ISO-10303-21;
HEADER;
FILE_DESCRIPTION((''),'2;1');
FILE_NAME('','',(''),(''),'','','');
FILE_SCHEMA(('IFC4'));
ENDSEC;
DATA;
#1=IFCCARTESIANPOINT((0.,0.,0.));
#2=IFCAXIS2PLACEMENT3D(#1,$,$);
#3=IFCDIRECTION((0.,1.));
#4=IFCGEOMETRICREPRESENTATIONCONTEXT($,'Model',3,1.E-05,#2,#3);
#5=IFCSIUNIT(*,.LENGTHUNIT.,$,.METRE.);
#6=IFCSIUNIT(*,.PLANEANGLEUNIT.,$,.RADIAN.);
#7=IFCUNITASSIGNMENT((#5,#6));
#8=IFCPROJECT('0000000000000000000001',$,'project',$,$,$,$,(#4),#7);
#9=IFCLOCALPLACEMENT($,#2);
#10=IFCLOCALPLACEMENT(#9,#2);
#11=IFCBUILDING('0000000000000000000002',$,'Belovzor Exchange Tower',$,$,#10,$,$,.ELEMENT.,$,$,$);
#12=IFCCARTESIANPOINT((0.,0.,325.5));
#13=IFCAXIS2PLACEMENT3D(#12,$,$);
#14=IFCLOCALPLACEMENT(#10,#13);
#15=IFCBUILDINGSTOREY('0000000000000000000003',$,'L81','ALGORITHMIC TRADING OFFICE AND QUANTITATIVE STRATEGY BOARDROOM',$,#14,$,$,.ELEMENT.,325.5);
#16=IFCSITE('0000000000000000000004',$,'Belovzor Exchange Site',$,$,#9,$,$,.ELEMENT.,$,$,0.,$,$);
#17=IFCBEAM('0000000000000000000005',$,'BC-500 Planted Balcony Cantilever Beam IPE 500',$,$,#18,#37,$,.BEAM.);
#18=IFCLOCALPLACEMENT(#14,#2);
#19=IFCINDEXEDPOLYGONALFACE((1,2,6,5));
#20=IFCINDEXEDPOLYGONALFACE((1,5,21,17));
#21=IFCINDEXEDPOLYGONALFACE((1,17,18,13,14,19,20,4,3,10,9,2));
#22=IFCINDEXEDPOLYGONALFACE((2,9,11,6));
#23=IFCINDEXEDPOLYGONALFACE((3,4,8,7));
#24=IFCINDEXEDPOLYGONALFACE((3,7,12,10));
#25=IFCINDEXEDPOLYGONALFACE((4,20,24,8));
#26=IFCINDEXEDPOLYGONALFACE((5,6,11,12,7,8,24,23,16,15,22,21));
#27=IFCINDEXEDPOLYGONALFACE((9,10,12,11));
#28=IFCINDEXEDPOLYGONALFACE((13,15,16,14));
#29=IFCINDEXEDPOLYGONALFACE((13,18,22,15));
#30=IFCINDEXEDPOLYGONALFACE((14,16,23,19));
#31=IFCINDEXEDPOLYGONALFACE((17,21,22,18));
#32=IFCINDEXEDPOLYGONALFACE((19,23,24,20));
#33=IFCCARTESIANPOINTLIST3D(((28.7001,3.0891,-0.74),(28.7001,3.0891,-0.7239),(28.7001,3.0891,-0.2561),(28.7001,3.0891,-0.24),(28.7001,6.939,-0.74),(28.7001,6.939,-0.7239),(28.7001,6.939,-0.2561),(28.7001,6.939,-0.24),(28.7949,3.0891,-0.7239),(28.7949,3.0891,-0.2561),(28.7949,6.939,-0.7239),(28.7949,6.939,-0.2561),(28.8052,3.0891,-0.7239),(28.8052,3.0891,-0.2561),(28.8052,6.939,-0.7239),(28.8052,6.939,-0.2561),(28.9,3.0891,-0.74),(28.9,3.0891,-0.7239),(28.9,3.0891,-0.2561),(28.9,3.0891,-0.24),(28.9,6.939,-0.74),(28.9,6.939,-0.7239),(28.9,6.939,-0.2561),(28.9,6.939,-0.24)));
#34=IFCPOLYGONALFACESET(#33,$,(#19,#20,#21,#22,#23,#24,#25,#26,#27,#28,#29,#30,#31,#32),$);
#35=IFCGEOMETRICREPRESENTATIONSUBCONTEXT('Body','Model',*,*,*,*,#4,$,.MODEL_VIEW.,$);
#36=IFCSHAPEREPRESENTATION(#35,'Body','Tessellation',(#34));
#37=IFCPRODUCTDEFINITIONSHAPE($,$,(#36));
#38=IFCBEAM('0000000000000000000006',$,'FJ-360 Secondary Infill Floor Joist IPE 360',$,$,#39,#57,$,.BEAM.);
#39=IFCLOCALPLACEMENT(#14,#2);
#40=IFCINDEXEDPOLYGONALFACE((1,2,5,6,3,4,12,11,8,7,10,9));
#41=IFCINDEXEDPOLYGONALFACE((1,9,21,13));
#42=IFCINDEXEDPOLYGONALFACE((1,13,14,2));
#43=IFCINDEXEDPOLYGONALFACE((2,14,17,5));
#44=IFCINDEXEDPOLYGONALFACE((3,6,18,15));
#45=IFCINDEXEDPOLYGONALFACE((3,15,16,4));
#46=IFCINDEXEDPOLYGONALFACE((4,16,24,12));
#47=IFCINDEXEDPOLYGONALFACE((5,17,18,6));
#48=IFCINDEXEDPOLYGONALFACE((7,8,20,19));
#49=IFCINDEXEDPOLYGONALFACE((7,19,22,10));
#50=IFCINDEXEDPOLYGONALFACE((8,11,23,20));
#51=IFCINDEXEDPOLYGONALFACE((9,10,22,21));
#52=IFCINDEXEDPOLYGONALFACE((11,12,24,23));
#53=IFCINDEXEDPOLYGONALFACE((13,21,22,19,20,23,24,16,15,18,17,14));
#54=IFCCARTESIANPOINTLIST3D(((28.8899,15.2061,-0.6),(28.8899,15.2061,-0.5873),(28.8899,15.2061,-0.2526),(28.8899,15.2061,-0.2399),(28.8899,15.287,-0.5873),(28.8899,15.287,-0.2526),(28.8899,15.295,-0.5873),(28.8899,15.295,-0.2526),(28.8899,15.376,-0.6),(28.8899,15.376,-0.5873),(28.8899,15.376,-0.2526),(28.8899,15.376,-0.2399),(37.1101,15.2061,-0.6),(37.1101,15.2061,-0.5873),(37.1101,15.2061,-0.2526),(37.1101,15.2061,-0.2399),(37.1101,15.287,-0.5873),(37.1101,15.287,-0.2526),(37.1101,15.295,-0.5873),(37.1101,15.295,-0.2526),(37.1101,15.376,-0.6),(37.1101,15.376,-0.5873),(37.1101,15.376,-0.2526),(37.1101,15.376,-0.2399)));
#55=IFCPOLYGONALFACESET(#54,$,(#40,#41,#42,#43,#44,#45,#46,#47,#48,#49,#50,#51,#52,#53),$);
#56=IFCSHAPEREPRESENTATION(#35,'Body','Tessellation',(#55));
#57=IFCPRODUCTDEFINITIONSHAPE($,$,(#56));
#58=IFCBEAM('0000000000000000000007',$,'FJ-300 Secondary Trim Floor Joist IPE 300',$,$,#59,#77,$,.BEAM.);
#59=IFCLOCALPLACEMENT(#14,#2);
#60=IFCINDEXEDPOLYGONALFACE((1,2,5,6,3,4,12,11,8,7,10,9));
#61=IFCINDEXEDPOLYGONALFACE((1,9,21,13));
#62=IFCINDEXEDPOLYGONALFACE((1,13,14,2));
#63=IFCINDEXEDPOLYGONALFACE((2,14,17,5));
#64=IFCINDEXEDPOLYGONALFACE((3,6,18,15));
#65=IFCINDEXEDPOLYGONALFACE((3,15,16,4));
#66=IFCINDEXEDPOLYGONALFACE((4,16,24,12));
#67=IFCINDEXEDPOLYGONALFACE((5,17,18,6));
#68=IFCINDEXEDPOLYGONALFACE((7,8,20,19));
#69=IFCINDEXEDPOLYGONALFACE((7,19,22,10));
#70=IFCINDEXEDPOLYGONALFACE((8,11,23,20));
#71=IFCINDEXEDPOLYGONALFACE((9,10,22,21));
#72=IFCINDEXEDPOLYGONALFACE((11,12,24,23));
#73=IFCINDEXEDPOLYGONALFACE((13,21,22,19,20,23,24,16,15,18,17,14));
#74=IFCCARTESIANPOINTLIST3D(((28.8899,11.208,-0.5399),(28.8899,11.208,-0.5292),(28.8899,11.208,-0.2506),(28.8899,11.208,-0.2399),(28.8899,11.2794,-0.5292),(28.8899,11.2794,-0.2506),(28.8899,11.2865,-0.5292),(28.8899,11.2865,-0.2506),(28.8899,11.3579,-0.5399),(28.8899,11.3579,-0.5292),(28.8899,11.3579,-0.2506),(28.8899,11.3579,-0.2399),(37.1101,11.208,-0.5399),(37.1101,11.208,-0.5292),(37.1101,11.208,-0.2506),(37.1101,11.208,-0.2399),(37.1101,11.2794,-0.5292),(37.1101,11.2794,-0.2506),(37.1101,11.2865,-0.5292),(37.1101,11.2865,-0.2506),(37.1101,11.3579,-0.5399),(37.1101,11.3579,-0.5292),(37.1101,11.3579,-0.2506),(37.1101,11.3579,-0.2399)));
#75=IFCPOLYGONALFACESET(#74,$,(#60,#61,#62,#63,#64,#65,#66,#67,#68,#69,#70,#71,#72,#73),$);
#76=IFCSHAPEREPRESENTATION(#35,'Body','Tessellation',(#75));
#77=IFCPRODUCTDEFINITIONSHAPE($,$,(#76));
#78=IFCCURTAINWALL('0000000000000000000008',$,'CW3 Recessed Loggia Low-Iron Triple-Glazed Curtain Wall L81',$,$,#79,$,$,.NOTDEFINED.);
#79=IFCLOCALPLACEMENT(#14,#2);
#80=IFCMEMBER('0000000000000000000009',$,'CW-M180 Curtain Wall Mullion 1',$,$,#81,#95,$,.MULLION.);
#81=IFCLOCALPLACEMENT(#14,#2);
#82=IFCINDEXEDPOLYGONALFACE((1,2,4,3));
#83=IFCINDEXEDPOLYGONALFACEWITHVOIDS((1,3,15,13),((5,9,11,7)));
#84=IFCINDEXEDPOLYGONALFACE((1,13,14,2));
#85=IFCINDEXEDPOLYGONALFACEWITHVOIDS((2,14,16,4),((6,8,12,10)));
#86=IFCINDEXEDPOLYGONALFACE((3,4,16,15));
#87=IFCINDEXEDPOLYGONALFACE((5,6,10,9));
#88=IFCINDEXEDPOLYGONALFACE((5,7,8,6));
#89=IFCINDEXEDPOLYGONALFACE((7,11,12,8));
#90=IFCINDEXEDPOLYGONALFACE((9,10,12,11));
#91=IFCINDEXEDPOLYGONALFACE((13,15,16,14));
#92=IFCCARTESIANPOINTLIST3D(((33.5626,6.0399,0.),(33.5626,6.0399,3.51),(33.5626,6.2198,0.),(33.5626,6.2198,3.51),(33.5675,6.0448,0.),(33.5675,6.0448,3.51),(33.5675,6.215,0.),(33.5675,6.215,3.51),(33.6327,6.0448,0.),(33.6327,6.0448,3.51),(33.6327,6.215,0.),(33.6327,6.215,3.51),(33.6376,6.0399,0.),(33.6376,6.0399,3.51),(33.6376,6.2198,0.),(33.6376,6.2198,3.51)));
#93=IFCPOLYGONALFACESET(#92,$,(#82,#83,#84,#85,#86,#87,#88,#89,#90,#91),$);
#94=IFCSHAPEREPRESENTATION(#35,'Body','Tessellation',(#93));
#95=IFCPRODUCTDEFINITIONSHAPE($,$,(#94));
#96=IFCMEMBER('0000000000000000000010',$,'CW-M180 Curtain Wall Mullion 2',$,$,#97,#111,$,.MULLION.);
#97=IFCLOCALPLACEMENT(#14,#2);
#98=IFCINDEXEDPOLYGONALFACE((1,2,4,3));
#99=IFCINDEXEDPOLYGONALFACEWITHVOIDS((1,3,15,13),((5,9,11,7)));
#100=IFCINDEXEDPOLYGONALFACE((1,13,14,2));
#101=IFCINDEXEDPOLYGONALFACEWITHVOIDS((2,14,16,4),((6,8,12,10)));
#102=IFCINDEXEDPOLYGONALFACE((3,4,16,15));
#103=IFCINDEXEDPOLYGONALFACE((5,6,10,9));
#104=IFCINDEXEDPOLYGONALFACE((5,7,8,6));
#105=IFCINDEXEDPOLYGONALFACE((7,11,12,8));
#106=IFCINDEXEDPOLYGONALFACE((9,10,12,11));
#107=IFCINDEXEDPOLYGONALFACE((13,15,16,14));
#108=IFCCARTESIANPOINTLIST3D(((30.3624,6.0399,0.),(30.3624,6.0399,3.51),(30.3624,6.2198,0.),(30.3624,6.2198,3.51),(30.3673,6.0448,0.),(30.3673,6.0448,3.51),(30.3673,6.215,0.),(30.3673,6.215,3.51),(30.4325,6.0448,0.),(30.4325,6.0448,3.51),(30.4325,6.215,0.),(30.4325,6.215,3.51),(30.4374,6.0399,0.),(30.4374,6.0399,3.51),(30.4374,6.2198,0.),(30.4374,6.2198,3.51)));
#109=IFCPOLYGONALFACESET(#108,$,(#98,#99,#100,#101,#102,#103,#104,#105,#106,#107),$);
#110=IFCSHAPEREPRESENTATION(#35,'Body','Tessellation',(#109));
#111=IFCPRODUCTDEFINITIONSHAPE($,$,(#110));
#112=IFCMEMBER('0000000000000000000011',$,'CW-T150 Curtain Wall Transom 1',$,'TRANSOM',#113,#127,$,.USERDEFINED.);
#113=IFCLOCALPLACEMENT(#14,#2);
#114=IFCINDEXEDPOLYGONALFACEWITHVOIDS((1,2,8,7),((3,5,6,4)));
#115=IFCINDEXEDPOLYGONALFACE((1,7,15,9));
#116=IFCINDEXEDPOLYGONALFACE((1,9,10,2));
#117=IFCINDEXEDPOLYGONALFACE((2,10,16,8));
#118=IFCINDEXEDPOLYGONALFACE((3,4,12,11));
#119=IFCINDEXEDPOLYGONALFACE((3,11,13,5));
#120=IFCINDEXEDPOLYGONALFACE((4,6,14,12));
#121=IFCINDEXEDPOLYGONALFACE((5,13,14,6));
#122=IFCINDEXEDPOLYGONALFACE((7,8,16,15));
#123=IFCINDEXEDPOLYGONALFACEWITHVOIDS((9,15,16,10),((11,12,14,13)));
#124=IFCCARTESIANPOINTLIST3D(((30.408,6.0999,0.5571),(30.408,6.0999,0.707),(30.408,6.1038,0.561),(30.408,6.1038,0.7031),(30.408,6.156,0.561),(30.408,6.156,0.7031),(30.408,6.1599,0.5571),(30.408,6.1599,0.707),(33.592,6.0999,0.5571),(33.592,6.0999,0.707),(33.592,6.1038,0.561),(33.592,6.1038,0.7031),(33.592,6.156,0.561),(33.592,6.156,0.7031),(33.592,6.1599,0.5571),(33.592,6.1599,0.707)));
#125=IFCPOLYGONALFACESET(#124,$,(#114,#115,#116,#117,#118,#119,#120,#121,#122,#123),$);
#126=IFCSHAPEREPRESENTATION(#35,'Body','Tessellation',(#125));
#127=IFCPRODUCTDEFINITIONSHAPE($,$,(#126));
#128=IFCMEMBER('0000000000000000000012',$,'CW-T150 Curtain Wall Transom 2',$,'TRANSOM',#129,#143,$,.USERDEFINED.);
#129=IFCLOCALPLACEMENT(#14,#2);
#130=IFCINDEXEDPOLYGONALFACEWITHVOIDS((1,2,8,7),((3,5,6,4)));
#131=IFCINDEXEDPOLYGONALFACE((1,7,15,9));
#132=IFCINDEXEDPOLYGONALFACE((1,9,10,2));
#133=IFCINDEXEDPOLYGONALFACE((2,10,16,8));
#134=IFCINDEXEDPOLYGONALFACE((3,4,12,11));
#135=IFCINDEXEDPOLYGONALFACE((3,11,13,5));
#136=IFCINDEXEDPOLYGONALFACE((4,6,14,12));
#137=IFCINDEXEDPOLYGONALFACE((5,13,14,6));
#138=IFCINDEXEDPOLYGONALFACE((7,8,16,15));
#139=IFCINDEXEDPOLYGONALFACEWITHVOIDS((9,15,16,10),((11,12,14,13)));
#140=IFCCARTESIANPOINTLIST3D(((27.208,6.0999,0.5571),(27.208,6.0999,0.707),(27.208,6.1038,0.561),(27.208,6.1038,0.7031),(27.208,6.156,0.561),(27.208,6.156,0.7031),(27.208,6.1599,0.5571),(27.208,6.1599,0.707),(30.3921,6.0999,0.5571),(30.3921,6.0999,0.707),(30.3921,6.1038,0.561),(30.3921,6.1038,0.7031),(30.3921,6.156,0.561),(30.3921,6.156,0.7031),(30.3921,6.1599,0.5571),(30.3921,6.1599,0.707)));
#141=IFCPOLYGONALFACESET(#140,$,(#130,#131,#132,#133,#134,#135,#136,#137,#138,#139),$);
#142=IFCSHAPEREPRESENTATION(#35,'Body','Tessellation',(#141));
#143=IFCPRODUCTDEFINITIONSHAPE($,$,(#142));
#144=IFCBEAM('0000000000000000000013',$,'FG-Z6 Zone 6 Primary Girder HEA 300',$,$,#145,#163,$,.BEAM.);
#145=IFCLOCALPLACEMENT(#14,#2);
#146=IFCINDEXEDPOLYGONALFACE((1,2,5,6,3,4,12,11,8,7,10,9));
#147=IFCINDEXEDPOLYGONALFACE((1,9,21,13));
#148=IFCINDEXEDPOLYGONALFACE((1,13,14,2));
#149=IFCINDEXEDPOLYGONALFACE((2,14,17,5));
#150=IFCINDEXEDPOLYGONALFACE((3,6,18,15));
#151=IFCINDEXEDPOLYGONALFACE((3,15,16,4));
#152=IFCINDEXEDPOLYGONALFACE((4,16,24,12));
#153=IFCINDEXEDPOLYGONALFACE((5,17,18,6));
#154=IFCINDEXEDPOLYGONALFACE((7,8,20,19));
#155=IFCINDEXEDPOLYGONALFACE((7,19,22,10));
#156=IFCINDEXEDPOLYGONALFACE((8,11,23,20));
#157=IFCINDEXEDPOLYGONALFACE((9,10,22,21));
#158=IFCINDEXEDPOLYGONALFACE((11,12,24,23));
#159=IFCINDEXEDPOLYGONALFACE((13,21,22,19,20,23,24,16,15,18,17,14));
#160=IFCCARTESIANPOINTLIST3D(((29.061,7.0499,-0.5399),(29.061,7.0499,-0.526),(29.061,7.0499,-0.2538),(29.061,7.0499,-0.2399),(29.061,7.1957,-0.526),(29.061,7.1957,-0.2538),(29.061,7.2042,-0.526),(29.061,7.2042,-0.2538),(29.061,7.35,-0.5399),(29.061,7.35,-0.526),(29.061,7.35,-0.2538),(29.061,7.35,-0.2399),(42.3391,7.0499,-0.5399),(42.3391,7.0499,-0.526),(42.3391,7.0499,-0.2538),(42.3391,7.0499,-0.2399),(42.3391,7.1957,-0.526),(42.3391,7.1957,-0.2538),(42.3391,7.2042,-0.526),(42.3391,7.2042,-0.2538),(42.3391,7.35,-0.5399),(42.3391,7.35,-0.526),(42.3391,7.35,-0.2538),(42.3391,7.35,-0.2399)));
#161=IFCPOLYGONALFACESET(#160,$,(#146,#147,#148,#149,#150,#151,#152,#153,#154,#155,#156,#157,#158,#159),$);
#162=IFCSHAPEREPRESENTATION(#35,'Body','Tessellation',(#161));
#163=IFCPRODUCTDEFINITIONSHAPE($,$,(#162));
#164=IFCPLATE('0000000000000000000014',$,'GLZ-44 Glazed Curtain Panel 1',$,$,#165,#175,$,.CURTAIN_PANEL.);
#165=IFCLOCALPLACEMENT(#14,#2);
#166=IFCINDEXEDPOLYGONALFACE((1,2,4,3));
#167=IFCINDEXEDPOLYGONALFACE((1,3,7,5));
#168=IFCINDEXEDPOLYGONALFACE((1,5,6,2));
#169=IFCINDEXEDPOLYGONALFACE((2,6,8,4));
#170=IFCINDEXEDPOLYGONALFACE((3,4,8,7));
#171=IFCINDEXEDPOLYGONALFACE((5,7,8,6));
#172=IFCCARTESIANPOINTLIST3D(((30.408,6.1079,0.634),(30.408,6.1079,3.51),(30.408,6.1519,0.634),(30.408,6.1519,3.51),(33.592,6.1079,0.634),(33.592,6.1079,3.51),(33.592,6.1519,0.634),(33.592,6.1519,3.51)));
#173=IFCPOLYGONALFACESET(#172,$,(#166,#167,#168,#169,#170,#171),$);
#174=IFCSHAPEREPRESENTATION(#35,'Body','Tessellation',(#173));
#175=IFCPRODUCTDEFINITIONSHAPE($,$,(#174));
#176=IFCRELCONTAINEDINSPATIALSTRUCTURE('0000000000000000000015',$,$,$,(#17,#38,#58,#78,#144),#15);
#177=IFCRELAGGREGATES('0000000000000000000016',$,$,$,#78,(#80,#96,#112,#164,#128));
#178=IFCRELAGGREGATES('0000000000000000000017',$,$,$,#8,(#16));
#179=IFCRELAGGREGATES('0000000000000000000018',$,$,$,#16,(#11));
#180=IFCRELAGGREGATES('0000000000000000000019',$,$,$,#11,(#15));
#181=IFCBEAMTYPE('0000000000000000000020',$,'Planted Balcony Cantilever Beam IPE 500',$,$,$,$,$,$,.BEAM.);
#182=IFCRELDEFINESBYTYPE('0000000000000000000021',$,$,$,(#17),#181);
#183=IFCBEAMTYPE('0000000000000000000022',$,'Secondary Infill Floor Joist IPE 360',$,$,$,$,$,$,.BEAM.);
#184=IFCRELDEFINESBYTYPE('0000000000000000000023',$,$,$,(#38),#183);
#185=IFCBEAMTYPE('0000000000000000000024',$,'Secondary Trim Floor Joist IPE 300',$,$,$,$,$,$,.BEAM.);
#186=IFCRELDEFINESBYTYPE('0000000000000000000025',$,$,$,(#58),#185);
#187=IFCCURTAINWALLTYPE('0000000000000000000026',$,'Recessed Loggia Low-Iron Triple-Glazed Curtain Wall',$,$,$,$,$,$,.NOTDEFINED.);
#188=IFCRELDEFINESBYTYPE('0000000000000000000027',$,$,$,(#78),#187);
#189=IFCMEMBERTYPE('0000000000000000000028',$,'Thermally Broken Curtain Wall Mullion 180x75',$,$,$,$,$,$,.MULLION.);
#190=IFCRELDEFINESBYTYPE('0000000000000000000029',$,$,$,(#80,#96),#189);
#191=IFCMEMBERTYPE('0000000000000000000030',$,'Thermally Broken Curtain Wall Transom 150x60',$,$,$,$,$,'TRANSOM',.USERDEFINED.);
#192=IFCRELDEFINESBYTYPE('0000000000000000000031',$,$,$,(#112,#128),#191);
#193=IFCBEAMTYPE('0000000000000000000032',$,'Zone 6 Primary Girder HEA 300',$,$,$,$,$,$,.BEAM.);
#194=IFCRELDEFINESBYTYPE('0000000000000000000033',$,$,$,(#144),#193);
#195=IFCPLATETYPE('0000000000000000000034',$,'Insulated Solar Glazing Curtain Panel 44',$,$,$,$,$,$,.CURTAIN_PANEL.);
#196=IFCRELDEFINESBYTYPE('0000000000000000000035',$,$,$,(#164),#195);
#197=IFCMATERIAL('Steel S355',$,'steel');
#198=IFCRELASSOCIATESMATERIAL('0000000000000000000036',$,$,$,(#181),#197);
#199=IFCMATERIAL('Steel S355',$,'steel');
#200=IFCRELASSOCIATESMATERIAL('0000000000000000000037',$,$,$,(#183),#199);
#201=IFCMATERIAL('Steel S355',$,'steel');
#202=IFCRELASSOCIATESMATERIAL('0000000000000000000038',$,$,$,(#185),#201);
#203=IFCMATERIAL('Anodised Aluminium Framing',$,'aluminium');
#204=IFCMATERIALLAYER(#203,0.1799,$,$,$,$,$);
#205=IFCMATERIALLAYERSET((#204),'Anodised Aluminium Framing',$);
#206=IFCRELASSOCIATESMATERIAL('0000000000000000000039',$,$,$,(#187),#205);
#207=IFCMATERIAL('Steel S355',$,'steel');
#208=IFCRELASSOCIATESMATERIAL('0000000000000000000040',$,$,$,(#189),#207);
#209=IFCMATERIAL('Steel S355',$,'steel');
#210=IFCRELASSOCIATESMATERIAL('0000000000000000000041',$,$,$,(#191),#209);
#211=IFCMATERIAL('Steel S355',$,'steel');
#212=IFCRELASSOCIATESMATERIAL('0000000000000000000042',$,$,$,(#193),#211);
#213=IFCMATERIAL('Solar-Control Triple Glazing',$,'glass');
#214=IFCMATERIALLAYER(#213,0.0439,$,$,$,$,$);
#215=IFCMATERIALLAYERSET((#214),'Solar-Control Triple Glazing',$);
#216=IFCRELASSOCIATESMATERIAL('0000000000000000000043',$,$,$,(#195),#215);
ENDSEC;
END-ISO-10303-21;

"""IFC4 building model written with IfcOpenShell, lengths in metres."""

from ifc_helpers import new_model, si_unit, direction, frame, origin, origin_2d, place, context, subcontext, project, spatial, rectangle, hollow_rectangle, i_section, extrude, material, layer, layer_set, material_profile, profile_set, type_object, element, aggregate, save


model = new_model("IFC4")

# Units and contexts
model_context = context("Model", 3, precision=1e-05, world=origin(), true_north=direction((0.0, 1.0)))
body_context = subcontext(model_context, "Body", "Model", "MODEL_VIEW")
ifc_project = project(units=[si_unit("LENGTHUNIT", "METRE"), si_unit("PLANEANGLEUNIT", "RADIAN")], contexts=[model_context])

# Site, building, storey
site_placement = place(None, origin())
site = spatial("IfcSite", under=ifc_project, at=site_placement, Name="Belovzor Exchange Site", CompositionType="ELEMENT", RefElevation=0.0)
building_placement = place(site_placement, origin())
building = spatial("IfcBuilding", under=site, at=building_placement, Name="Belovzor Exchange Tower", CompositionType="ELEMENT")
storey_placement = place(building_placement, frame((0.0, 0.0, 325.5)))
storey = spatial("IfcBuildingStorey", under=building, at=storey_placement, Name="L81", Description="ALGORITHMIC TRADING OFFICE AND QUANTITATIVE STRATEGY BOARDROOM", CompositionType="ELEMENT", Elevation=325.5)

# Beams
ifc_material_1 = material(Name="Steel S355", Category="steel")
ifc_material_profile_1 = material_profile(ifc_material_1, i_section(OverallWidth=0.2, OverallDepth=0.5, WebThickness=0.0103, FlangeThickness=0.0161, at=origin_2d()))
ifc_profile_set_1 = profile_set([ifc_material_profile_1], Name="Steel S355")
beam_type_1 = type_object("IfcBeamType", Name="Planted Balcony Cantilever Beam IPE 500", PredefinedType="BEAM", material=ifc_profile_set_1)
beam_1_placement = place(storey_placement, frame((28.8, 6.939, -0.49), z_axis=(0.0, -1.0, 0.0), x_axis=(1.0, 0.0, 0.0)))
element("IfcBeam", 1, at=beam_1_placement, inside=storey, type_object=beam_type_1, Name="BC-500 Planted Balcony Cantilever Beam IPE 500", PredefinedType="BEAM", context=body_context, shape_type="SweptSolid", body=[
    extrude(i_section(OverallWidth=0.2, OverallDepth=0.5, WebThickness=0.0103, FlangeThickness=0.0161, at=origin_2d()), origin(), (0.0, 0.0, 1.0), 3.8499),
])
ifc_material_2 = material(Name="Steel S355", Category="steel")
ifc_material_profile_2 = material_profile(ifc_material_2, i_section(OverallWidth=0.1699, OverallDepth=0.3601, WebThickness=0.0081, FlangeThickness=0.0127, at=origin_2d()))
ifc_profile_set_2 = profile_set([ifc_material_profile_2], Name="Steel S355")
beam_type_2 = type_object("IfcBeamType", Name="Secondary Infill Floor Joist IPE 360", PredefinedType="BEAM", material=ifc_profile_set_2)
beam_2_placement = place(storey_placement, frame((28.8899, 15.291, -0.4199), z_axis=(1.0, 0.0, 0.0), x_axis=(0.0, 1.0, 0.0)))
element("IfcBeam", 2, at=beam_2_placement, inside=storey, type_object=beam_type_2, Name="FJ-360 Secondary Infill Floor Joist IPE 360", PredefinedType="BEAM", context=body_context, shape_type="SweptSolid", body=[
    extrude(i_section(OverallWidth=0.1699, OverallDepth=0.3601, WebThickness=0.0081, FlangeThickness=0.0127, at=origin_2d()), origin(), (0.0, 0.0, 1.0), 8.2202),
])
ifc_material_3 = material(Name="Steel S355", Category="steel")
ifc_material_profile_3 = material_profile(ifc_material_3, i_section(OverallWidth=0.1499, OverallDepth=0.3, WebThickness=0.0071, FlangeThickness=0.0107, at=origin_2d()))
ifc_profile_set_3 = profile_set([ifc_material_profile_3], Name="Steel S355")
beam_type_3 = type_object("IfcBeamType", Name="Secondary Trim Floor Joist IPE 300", PredefinedType="BEAM", material=ifc_profile_set_3)
beam_3_placement = place(storey_placement, frame((28.8899, 11.283, -0.3899), z_axis=(1.0, 0.0, 0.0), x_axis=(0.0, 1.0, 0.0)))
element("IfcBeam", 3, at=beam_3_placement, inside=storey, type_object=beam_type_3, Name="FJ-300 Secondary Trim Floor Joist IPE 300", PredefinedType="BEAM", context=body_context, shape_type="SweptSolid", body=[
    extrude(i_section(OverallWidth=0.1499, OverallDepth=0.3, WebThickness=0.0071, FlangeThickness=0.0107, at=origin_2d()), origin(), (0.0, 0.0, 1.0), 8.2202),
])

# Curtain wall, members
ifc_material_4 = material(Name="Anodised Aluminium Framing", Category="aluminium")
ifc_layer_1 = layer(ifc_material_4, 0.1799)
ifc_layer_set_1 = layer_set([ifc_layer_1], Name="Anodised Aluminium Framing")
curtain_wall_type = type_object("IfcCurtainWallType", Name="Recessed Loggia Low-Iron Triple-Glazed Curtain Wall", PredefinedType="NOTDEFINED", material=ifc_layer_set_1)
curtain_wall_placement = place(storey_placement, origin())
curtain_wall = element("IfcCurtainWall", 4, at=curtain_wall_placement, inside=storey, type_object=curtain_wall_type, Name="CW3 Recessed Loggia Low-Iron Triple-Glazed Curtain Wall L81", PredefinedType="NOTDEFINED")
ifc_material_5 = material(Name="Steel S355", Category="steel")
ifc_material_profile_4 = material_profile(ifc_material_5, hollow_rectangle(XDim=0.075, YDim=0.1799, WallThickness=0.0049, at=origin_2d()))
ifc_profile_set_4 = profile_set([ifc_material_profile_4], Name="Steel S355")
member_type_1 = type_object("IfcMemberType", Name="Thermally Broken Curtain Wall Mullion 180x75", PredefinedType="MULLION", material=ifc_profile_set_4)
member_1_placement = place(storey_placement, frame((33.6001, 6.1299, 0.0), z_axis=(0.0, 0.0, 1.0), x_axis=(-1.0, 0.0, 0.0)))
member_1 = element("IfcMember", 5, at=member_1_placement, type_object=member_type_1, Name="CW-M180 Curtain Wall Mullion 1", PredefinedType="MULLION", context=body_context, shape_type="SweptSolid", body=[
    extrude(hollow_rectangle(XDim=0.075, YDim=0.1799, WallThickness=0.0049, at=origin_2d()), origin(), (0.0, 0.0, 1.0), 3.51),
])
member_2_placement = place(storey_placement, frame((30.3999, 6.1299, 0.0), z_axis=(0.0, 0.0, 1.0), x_axis=(-1.0, 0.0, 0.0)))
member_2 = element("IfcMember", 6, at=member_2_placement, type_object=member_type_1, Name="CW-M180 Curtain Wall Mullion 2", PredefinedType="MULLION", context=body_context, shape_type="SweptSolid", body=[
    extrude(hollow_rectangle(XDim=0.075, YDim=0.1799, WallThickness=0.0049, at=origin_2d()), origin(), (0.0, 0.0, 1.0), 3.51),
])
ifc_material_6 = material(Name="Steel S355", Category="steel")
ifc_material_profile_5 = material_profile(ifc_material_6, hollow_rectangle(XDim=0.0601, YDim=0.1499, WallThickness=0.0039, at=origin_2d()))
ifc_profile_set_5 = profile_set([ifc_material_profile_5], Name="Steel S355")
member_type_2 = type_object("IfcMemberType", Name="Thermally Broken Curtain Wall Transom 150x60", ElementType="TRANSOM", PredefinedType="USERDEFINED", material=ifc_profile_set_5)
member_3_placement = place(storey_placement, frame((33.592, 6.1299, 0.6321), z_axis=(-1.0, 0.0, 0.0), x_axis=(0.0, -1.0, 0.0)))
member_3 = element("IfcMember", 7, at=member_3_placement, type_object=member_type_2, Name="CW-T150 Curtain Wall Transom 1", ObjectType="TRANSOM", PredefinedType="USERDEFINED", context=body_context, shape_type="SweptSolid", body=[
    extrude(hollow_rectangle(XDim=0.0601, YDim=0.1499, WallThickness=0.0039, at=origin_2d()), origin(), (0.0, 0.0, 1.0), 3.1841),
])
member_4_placement = place(storey_placement, frame((30.3921, 6.1299, 0.6321), z_axis=(-1.0, 0.0, 0.0), x_axis=(0.0, -1.0, 0.0)))
member_4 = element("IfcMember", 8, at=member_4_placement, type_object=member_type_2, Name="CW-T150 Curtain Wall Transom 2", ObjectType="TRANSOM", PredefinedType="USERDEFINED", context=body_context, shape_type="SweptSolid", body=[
    extrude(hollow_rectangle(XDim=0.0601, YDim=0.1499, WallThickness=0.0039, at=origin_2d()), origin(), (0.0, 0.0, 1.0), 3.1841),
])

# Beam
ifc_material_7 = material(Name="Steel S355", Category="steel")
ifc_material_profile_6 = material_profile(ifc_material_7, i_section(OverallWidth=0.3, OverallDepth=0.3, WebThickness=0.0085, FlangeThickness=0.0139, at=origin_2d()))
ifc_profile_set_6 = profile_set([ifc_material_profile_6], Name="Steel S355")
beam_type_4 = type_object("IfcBeamType", Name="Zone 6 Primary Girder HEA 300", PredefinedType="BEAM", material=ifc_profile_set_6)
beam_4_placement = place(storey_placement, frame((29.061, 7.2, -0.3899), z_axis=(1.0, 0.0, 0.0), x_axis=(0.0, 1.0, 0.0)))
element("IfcBeam", 9, at=beam_4_placement, inside=storey, type_object=beam_type_4, Name="FG-Z6 Zone 6 Primary Girder HEA 300", PredefinedType="BEAM", context=body_context, shape_type="SweptSolid", body=[
    extrude(i_section(OverallWidth=0.3, OverallDepth=0.3, WebThickness=0.0085, FlangeThickness=0.0139, at=origin_2d()), origin(), (0.0, 0.0, 1.0), 13.2781),
])

# Plate
ifc_material_8 = material(Name="Solar-Control Triple Glazing", Category="glass")
ifc_layer_2 = layer(ifc_material_8, 0.0439)
ifc_layer_set_2 = layer_set([ifc_layer_2], Name="Solar-Control Triple Glazing")
plate_type_1 = type_object("IfcPlateType", Name="Insulated Solar Glazing Curtain Panel 44", PredefinedType="CURTAIN_PANEL", material=ifc_layer_set_2)
plate_1_placement = place(storey_placement, frame((32.0, 6.1299, 0.634), z_axis=(0.0, 0.0, 1.0), x_axis=(-1.0, 0.0, 0.0)))
plate_1 = element("IfcPlate", 10, at=plate_1_placement, type_object=plate_type_1, Name="GLZ-44 Glazed Curtain Panel 1", PredefinedType="CURTAIN_PANEL", context=body_context, shape_type="SweptSolid", body=[
    extrude(rectangle(XDim=3.1841, YDim=0.0439, at=origin_2d()), origin(), (0.0, 0.0, 1.0), 2.876),
])
aggregate(curtain_wall, [member_1, member_2, member_3, plate_1, member_4])

save(model, "model.ifc")
